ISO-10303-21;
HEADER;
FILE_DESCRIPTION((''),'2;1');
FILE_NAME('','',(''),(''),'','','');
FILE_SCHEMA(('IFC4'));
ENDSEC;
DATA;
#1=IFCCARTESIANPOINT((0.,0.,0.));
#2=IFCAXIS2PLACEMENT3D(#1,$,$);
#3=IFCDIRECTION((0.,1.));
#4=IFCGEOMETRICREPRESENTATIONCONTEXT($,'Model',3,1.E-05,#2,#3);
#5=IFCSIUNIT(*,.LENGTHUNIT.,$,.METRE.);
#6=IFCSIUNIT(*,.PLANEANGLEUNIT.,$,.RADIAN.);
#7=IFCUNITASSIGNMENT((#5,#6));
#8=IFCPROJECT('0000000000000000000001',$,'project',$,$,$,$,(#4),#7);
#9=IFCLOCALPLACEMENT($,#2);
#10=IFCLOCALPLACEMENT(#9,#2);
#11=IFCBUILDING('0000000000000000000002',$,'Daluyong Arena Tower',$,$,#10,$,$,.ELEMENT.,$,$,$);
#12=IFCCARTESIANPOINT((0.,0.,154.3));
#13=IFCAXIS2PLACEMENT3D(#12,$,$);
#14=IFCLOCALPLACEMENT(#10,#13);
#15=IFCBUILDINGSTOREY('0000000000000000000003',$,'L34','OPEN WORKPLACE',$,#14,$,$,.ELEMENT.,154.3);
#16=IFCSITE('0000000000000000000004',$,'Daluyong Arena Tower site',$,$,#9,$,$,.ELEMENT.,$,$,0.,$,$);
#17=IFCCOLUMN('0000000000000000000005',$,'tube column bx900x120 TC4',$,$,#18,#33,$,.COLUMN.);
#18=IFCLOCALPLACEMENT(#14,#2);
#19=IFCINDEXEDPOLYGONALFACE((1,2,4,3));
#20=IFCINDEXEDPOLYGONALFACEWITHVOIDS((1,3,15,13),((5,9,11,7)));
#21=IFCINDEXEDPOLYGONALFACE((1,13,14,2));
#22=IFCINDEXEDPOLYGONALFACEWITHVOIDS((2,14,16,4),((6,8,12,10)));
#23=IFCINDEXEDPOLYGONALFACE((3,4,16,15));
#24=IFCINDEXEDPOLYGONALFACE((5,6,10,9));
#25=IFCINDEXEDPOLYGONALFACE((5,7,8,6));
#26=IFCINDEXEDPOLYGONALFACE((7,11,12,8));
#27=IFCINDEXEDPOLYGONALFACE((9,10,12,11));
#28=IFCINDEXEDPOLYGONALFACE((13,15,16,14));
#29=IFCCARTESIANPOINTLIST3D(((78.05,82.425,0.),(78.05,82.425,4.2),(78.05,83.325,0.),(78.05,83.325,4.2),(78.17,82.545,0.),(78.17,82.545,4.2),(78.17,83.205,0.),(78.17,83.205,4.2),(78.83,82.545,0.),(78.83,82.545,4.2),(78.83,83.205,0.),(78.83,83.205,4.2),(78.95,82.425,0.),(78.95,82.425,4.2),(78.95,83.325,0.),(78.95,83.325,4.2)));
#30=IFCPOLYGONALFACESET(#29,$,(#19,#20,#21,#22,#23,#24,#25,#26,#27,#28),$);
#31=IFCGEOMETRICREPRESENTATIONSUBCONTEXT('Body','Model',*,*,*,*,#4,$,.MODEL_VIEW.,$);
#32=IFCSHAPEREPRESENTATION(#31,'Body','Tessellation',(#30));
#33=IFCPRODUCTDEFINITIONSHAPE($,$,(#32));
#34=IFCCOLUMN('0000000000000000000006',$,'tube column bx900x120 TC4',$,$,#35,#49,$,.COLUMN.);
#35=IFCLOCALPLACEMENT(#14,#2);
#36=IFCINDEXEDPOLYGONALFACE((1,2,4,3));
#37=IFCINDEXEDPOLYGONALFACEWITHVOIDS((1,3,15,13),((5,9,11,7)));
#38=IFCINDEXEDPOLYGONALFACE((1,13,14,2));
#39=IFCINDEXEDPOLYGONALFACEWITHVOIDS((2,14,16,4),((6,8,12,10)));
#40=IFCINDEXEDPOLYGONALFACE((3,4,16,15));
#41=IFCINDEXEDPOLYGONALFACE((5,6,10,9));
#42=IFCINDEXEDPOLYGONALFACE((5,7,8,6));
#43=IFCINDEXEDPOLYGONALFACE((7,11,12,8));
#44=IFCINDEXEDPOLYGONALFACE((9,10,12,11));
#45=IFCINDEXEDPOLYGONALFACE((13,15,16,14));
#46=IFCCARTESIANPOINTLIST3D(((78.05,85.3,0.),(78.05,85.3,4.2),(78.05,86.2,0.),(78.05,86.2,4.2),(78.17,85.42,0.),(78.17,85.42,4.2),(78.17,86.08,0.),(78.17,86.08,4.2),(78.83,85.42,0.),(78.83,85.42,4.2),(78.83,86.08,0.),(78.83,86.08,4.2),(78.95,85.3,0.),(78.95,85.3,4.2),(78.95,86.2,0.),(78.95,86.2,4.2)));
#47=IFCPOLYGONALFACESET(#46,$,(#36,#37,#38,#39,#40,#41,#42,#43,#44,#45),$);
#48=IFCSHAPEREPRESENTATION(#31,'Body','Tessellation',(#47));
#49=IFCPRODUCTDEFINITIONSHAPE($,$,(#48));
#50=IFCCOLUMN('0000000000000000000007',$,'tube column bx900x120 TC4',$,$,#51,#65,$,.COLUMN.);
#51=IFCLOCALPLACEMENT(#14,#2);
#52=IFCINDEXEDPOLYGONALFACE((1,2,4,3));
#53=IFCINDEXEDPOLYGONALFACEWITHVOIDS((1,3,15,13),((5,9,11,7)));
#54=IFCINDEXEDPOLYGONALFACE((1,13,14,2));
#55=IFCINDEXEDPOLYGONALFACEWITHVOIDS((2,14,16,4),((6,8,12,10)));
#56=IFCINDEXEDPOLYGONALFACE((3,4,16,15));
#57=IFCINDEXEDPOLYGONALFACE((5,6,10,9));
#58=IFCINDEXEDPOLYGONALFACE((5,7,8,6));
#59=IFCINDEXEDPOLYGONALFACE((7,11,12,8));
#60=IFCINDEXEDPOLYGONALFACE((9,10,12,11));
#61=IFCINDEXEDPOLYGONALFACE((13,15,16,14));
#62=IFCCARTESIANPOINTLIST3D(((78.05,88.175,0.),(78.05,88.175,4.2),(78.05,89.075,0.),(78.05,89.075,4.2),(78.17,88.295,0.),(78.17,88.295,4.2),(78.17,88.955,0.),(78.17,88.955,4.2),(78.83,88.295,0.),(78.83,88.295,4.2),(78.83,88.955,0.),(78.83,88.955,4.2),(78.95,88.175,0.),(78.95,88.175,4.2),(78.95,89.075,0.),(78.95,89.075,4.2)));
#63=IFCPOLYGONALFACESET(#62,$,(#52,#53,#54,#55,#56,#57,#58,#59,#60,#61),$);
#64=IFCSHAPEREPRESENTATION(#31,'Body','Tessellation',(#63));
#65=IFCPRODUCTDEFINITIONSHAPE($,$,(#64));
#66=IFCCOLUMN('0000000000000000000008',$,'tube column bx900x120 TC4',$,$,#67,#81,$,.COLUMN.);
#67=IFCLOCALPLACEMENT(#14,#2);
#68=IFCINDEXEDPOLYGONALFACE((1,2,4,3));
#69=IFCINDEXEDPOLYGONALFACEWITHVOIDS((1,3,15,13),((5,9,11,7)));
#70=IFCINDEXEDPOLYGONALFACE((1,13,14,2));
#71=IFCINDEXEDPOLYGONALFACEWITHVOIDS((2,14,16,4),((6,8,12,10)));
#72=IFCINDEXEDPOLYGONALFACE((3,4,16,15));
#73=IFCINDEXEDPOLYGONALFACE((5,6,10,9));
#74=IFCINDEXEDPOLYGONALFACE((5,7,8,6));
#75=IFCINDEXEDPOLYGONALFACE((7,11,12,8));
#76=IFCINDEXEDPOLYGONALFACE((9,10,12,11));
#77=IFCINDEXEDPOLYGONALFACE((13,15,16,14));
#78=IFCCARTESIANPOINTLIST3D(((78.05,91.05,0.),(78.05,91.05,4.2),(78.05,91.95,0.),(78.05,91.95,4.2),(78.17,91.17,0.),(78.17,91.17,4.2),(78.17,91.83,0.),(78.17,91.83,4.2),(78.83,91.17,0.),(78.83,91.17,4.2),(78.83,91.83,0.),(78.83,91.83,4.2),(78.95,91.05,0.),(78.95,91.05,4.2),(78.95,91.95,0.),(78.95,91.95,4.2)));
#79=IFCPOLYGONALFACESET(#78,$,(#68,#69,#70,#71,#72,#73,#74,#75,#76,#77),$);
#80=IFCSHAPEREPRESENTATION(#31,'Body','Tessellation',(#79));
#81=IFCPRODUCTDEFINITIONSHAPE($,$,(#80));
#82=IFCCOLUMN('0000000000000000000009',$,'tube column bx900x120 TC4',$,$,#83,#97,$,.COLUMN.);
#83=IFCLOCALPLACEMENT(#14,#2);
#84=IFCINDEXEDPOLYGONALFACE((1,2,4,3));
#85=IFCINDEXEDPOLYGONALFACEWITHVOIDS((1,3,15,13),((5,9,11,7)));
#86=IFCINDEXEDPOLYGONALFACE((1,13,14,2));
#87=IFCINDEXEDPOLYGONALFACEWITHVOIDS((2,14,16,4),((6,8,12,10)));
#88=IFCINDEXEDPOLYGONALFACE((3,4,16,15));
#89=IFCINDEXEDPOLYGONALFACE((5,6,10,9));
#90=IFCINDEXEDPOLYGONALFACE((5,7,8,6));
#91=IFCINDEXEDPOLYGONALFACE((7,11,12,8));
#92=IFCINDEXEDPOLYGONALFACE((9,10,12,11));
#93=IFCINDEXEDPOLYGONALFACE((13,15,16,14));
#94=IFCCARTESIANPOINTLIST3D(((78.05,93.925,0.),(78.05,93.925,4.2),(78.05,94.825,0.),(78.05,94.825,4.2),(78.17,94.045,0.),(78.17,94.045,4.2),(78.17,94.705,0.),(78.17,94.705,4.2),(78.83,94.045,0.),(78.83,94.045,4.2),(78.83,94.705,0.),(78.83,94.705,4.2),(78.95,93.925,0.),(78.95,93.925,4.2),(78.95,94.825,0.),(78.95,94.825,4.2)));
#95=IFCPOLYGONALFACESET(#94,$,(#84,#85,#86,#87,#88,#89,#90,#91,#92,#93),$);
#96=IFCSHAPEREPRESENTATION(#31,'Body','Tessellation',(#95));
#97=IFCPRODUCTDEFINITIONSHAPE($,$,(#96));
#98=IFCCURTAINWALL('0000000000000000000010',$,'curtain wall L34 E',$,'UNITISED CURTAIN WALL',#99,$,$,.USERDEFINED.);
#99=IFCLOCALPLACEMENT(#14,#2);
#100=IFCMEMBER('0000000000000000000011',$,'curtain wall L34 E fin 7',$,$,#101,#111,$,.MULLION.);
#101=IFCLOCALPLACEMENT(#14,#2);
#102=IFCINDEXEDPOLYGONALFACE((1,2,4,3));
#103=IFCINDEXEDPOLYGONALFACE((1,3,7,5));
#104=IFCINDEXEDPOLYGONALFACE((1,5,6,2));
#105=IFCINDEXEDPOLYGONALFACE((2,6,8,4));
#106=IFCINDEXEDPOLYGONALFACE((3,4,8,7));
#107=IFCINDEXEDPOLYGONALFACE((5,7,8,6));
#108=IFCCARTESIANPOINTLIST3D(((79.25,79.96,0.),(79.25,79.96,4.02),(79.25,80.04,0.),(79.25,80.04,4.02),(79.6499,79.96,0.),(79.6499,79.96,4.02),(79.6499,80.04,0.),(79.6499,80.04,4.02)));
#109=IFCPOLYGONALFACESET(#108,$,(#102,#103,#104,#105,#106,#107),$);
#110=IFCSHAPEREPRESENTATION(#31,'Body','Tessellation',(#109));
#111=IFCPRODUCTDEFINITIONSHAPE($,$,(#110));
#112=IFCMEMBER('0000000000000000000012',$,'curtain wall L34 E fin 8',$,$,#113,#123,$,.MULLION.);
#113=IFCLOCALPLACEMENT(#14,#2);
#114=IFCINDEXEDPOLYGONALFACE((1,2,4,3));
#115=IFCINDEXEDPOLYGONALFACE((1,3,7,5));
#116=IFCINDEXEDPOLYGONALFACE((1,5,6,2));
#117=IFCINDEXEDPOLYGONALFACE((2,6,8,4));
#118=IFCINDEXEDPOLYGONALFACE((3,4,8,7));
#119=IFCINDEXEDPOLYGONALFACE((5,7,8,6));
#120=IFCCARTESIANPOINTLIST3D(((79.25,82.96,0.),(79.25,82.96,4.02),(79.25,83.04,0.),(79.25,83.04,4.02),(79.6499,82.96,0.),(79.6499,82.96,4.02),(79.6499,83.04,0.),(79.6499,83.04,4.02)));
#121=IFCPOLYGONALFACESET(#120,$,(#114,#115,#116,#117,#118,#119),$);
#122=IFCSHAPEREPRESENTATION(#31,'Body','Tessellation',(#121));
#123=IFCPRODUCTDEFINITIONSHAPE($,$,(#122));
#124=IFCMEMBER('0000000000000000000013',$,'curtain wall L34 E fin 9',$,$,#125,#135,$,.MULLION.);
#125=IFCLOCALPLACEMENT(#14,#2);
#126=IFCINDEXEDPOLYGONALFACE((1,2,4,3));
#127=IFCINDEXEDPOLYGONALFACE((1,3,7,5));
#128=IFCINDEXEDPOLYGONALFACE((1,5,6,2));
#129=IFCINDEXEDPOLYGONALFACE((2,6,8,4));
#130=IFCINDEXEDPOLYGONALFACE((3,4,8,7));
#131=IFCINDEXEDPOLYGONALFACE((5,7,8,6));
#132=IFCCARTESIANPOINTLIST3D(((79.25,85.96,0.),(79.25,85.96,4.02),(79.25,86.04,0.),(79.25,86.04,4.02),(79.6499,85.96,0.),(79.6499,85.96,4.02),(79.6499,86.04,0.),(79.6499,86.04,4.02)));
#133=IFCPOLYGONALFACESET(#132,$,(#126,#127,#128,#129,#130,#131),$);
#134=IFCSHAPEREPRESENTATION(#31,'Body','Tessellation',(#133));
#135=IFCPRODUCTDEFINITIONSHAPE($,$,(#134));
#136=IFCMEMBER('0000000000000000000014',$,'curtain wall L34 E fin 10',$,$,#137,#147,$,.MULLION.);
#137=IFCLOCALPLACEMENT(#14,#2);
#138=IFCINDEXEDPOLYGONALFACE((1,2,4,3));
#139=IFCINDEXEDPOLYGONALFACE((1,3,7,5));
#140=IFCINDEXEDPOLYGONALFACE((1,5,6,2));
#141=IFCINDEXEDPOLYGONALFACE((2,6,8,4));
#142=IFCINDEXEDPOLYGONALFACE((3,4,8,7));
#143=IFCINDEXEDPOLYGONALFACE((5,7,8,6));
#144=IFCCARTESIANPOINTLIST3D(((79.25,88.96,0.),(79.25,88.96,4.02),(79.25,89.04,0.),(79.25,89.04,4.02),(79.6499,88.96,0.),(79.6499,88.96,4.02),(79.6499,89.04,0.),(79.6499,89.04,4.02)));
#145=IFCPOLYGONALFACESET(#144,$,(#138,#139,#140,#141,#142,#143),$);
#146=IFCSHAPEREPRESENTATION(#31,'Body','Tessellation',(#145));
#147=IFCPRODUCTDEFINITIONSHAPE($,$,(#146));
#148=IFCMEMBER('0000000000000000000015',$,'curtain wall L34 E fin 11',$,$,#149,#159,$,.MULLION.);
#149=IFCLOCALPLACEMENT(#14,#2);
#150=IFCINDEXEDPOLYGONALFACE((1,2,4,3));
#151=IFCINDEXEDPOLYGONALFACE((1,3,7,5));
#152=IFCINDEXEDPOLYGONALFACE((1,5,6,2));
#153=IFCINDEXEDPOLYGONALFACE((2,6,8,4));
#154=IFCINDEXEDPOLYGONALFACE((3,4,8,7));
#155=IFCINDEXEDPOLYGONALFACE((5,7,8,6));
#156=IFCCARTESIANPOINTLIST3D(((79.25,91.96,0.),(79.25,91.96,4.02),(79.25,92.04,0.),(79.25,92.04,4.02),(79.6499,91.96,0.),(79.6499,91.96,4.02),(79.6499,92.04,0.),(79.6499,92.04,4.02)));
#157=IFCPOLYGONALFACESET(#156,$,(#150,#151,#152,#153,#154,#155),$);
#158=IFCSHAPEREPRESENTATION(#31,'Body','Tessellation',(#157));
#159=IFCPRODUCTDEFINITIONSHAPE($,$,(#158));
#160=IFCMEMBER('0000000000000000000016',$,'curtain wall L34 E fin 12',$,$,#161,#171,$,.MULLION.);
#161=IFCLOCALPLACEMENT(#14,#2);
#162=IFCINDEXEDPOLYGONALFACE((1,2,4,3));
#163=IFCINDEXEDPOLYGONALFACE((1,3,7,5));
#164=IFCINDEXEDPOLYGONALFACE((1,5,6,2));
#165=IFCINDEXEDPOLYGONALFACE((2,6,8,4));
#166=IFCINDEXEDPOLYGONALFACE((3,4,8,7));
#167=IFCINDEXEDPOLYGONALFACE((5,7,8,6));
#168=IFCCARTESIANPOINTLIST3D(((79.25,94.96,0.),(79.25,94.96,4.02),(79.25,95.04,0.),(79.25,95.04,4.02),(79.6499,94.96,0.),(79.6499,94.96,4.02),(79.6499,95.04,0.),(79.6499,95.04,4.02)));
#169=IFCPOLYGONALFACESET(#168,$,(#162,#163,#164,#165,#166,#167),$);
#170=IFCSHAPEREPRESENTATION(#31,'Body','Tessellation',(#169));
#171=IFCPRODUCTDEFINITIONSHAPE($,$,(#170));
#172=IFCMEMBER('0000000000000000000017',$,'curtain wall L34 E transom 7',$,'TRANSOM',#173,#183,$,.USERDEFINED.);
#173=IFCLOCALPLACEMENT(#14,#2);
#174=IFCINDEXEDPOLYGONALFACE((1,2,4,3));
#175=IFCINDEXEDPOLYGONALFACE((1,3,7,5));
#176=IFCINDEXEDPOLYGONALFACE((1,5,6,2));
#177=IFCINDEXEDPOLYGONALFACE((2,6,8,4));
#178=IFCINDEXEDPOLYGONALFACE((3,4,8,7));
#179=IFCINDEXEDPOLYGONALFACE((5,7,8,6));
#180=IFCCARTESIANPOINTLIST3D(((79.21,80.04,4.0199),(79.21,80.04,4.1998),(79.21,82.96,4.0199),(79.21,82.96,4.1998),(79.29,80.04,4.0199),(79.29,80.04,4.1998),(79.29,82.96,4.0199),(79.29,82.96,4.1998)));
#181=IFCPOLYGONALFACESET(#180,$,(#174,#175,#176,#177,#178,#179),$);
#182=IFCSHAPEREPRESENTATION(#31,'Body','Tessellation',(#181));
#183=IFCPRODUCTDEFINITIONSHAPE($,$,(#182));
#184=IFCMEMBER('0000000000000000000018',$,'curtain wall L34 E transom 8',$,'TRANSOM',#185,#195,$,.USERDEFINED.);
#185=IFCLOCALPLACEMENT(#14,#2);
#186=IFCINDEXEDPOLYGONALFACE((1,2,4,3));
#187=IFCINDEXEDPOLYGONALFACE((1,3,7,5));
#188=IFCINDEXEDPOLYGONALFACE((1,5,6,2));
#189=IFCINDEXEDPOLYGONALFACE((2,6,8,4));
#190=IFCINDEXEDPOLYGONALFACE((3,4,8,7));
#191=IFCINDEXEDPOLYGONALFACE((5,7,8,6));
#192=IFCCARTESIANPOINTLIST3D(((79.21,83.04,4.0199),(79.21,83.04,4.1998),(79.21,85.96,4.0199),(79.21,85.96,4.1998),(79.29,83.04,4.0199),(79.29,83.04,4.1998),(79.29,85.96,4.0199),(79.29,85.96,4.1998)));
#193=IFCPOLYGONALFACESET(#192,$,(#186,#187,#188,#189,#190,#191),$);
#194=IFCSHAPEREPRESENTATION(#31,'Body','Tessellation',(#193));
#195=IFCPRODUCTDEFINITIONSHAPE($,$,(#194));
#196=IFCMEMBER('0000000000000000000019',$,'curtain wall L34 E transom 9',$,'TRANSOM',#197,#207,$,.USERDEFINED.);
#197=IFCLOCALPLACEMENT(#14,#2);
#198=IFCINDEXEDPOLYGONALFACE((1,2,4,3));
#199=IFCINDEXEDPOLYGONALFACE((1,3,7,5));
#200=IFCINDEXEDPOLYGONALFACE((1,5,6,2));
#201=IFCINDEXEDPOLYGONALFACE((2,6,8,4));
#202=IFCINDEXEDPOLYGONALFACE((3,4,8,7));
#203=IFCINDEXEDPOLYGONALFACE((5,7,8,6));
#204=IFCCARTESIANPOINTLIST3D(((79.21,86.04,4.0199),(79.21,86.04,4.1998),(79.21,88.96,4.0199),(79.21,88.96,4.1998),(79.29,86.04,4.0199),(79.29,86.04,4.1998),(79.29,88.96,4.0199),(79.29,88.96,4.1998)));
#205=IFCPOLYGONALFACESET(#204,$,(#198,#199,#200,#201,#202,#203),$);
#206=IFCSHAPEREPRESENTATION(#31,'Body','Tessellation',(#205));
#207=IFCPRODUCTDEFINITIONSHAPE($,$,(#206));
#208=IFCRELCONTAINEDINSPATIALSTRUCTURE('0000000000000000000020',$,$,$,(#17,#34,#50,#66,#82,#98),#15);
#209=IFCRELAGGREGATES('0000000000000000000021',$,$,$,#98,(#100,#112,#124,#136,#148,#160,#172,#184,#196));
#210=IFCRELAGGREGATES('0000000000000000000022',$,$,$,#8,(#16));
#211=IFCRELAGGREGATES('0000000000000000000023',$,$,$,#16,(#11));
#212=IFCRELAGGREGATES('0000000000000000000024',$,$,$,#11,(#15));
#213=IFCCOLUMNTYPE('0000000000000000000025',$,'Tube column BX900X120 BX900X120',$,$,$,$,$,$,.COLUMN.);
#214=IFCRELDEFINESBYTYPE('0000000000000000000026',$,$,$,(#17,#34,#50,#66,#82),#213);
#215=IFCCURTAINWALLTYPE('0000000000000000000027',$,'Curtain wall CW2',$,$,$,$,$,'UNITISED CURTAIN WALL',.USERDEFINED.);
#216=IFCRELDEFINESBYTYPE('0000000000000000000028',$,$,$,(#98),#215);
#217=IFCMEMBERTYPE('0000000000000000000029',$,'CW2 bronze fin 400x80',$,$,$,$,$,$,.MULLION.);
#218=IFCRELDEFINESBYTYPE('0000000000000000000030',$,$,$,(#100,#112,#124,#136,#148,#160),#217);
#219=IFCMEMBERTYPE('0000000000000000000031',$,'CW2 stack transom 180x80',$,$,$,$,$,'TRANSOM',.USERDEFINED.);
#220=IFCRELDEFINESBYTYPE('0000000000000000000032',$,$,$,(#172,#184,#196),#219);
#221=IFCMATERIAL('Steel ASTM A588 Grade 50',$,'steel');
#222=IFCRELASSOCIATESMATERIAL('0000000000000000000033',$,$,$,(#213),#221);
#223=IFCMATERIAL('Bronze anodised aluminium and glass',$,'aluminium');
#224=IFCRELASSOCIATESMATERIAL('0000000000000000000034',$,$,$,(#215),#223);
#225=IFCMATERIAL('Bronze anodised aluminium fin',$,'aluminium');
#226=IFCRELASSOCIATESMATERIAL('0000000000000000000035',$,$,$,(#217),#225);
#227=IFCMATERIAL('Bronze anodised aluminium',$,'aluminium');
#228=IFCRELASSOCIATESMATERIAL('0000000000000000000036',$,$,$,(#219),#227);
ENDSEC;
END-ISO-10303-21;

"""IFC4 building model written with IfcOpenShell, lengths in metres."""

from ifc_helpers import new_model, si_unit, direction, frame, origin, origin_2d, place, context, subcontext, project, spatial, rectangle, hollow_rectangle, extrude, material, material_profile, profile_set, type_object, element, aggregate, save


model = new_model("IFC4")

# Units and contexts
model_context = context("Model", 3, precision=1e-05, world=origin(), true_north=direction((0.0, 1.0)))
body_context = subcontext(model_context, "Body", "Model", "MODEL_VIEW")
ifc_project = project(units=[si_unit("LENGTHUNIT", "METRE"), si_unit("PLANEANGLEUNIT", "RADIAN")], contexts=[model_context])

# Site, building, storey
site_placement = place(None, origin())
site = spatial("IfcSite", under=ifc_project, at=site_placement, Name="Daluyong Arena Tower site", CompositionType="ELEMENT", RefElevation=0.0)
building_placement = place(site_placement, origin())
building = spatial("IfcBuilding", under=site, at=building_placement, Name="Daluyong Arena Tower", CompositionType="ELEMENT")
storey_placement = place(building_placement, frame((0.0, 0.0, 154.3)))
storey = spatial("IfcBuildingStorey", under=building, at=storey_placement, Name="L34", Description="OPEN WORKPLACE", CompositionType="ELEMENT", Elevation=154.3)

# Columns
ifc_material_1 = material(Name="Steel ASTM A588 Grade 50", Category="steel")
ifc_material_profile_1 = material_profile(ifc_material_1, hollow_rectangle(XDim=0.8999, YDim=0.8999, WallThickness=0.12, at=origin_2d()))
ifc_profile_set_1 = profile_set([ifc_material_profile_1], Name="Steel ASTM A588 Grade 50")
column_type = type_object("IfcColumnType", Name="Tube column BX900X120 BX900X120", PredefinedType="COLUMN", material=ifc_profile_set_1)
for number, where, z_axis, x_axis, name in (
    (1, (78.5, 82.875, 0.0), (0.0, 0.0, 1.0), (0.0, 1.0, 0.0), "tube column bx900x120 TC4"),
    (2, (78.5, 85.75, 0.0), (0.0, 0.0, 1.0), (0.0, 1.0, 0.0), "tube column bx900x120 TC4"),
    (3, (78.5, 88.625, 0.0), (0.0, 0.0, 1.0), (0.0, 1.0, 0.0), "tube column bx900x120 TC4"),
    (4, (78.5, 91.5, 0.0), (0.0, 0.0, 1.0), (0.0, 1.0, 0.0), "tube column bx900x120 TC4"),
    (5, (78.5, 94.375, 0.0), (0.0, 0.0, 1.0), (0.0, 1.0, 0.0), "tube column bx900x120 TC4"),
):
    element("IfcColumn", number, at=place(storey_placement, frame(where, z_axis=z_axis, x_axis=x_axis)), inside=storey, type_object=column_type, Name=name, PredefinedType="COLUMN", context=body_context, shape_type="SweptSolid", body=[
        extrude(hollow_rectangle(XDim=0.8999, YDim=0.8999, WallThickness=0.12, at=origin_2d()), origin(), (0.0, 0.0, 1.0), 4.2),
    ])

# Curtain wall, members
ifc_material_2 = material(Name="Bronze anodised aluminium and glass", Category="aluminium")
curtain_wall_type = type_object("IfcCurtainWallType", Name="Curtain wall CW2", ElementType="UNITISED CURTAIN WALL", PredefinedType="USERDEFINED", material=ifc_material_2)
curtain_wall_placement = place(storey_placement, origin())
curtain_wall = element("IfcCurtainWall", 6, at=curtain_wall_placement, inside=storey, type_object=curtain_wall_type, Name="curtain wall L34 E", ObjectType="UNITISED CURTAIN WALL", PredefinedType="USERDEFINED")
ifc_material_3 = material(Name="Bronze anodised aluminium fin", Category="aluminium")
ifc_material_profile_2 = material_profile(ifc_material_3, rectangle(XDim=0.3999, YDim=0.0801, at=origin_2d()))
ifc_profile_set_2 = profile_set([ifc_material_profile_2], Name="Bronze anodised aluminium fin")
member_type_1 = type_object("IfcMemberType", Name="CW2 bronze fin 400x80", PredefinedType="MULLION", material=ifc_profile_set_2)
member_1_placement = place(storey_placement, frame((79.45, 80.0, 0.0), z_axis=(0.0, 0.0, 1.0), x_axis=(-1.0, 0.0, 0.0)))
member_1 = element("IfcMember", 7, at=member_1_placement, type_object=member_type_1, Name="curtain wall L34 E fin 7", PredefinedType="MULLION", context=body_context, shape_type="SweptSolid", body=[
    extrude(rectangle(XDim=0.3999, YDim=0.0801, at=origin_2d()), origin(), (0.0, 0.0, 1.0), 4.02),
])
member_2_placement = place(storey_placement, frame((79.45, 83.0, 0.0), z_axis=(0.0, 0.0, 1.0), x_axis=(-1.0, 0.0, 0.0)))
member_2 = element("IfcMember", 8, at=member_2_placement, type_object=member_type_1, Name="curtain wall L34 E fin 8", PredefinedType="MULLION", context=body_context, shape_type="SweptSolid", body=[
    extrude(rectangle(XDim=0.3999, YDim=0.0801, at=origin_2d()), origin(), (0.0, 0.0, 1.0), 4.02),
])
member_3_placement = place(storey_placement, frame((79.45, 86.0, 0.0), z_axis=(0.0, 0.0, 1.0), x_axis=(-1.0, 0.0, 0.0)))
member_3 = element("IfcMember", 9, at=member_3_placement, type_object=member_type_1, Name="curtain wall L34 E fin 9", PredefinedType="MULLION", context=body_context, shape_type="SweptSolid", body=[
    extrude(rectangle(XDim=0.3999, YDim=0.0801, at=origin_2d()), origin(), (0.0, 0.0, 1.0), 4.02),
])
member_4_placement = place(storey_placement, frame((79.45, 89.0, 0.0), z_axis=(0.0, 0.0, 1.0), x_axis=(-1.0, 0.0, 0.0)))
member_4 = element("IfcMember", 10, at=member_4_placement, type_object=member_type_1, Name="curtain wall L34 E fin 10", PredefinedType="MULLION", context=body_context, shape_type="SweptSolid", body=[
    extrude(rectangle(XDim=0.3999, YDim=0.0801, at=origin_2d()), origin(), (0.0, 0.0, 1.0), 4.02),
])
member_5_placement = place(storey_placement, frame((79.45, 92.0, 0.0), z_axis=(0.0, 0.0, 1.0), x_axis=(-1.0, 0.0, 0.0)))
member_5 = element("IfcMember", 11, at=member_5_placement, type_object=member_type_1, Name="curtain wall L34 E fin 11", PredefinedType="MULLION", context=body_context, shape_type="SweptSolid", body=[
    extrude(rectangle(XDim=0.3999, YDim=0.0801, at=origin_2d()), origin(), (0.0, 0.0, 1.0), 4.02),
])
member_6_placement = place(storey_placement, frame((79.45, 95.0, 0.0), z_axis=(0.0, 0.0, 1.0), x_axis=(-1.0, 0.0, 0.0)))
member_6 = element("IfcMember", 12, at=member_6_placement, type_object=member_type_1, Name="curtain wall L34 E fin 12", PredefinedType="MULLION", context=body_context, shape_type="SweptSolid", body=[
    extrude(rectangle(XDim=0.3999, YDim=0.0801, at=origin_2d()), origin(), (0.0, 0.0, 1.0), 4.02),
])
ifc_material_4 = material(Name="Bronze anodised aluminium", Category="aluminium")
ifc_material_profile_3 = material_profile(ifc_material_4, rectangle(XDim=0.0801, YDim=0.1799, at=origin_2d()))
ifc_profile_set_3 = profile_set([ifc_material_profile_3], Name="Bronze anodised aluminium")
member_type_2 = type_object("IfcMemberType", Name="CW2 stack transom 180x80", ElementType="TRANSOM", PredefinedType="USERDEFINED", material=ifc_profile_set_3)
member_7_placement = place(storey_placement, frame((79.25, 80.04, 4.1099), z_axis=(0.0, 1.0, 0.0), x_axis=(-1.0, 0.0, 0.0)))
member_7 = element("IfcMember", 13, at=member_7_placement, type_object=member_type_2, Name="curtain wall L34 E transom 7", ObjectType="TRANSOM", PredefinedType="USERDEFINED", context=body_context, shape_type="SweptSolid", body=[
    extrude(rectangle(XDim=0.0801, YDim=0.1799, at=origin_2d()), origin(), (0.0, 0.0, 1.0), 2.9199),
])
member_8_placement = place(storey_placement, frame((79.25, 83.04, 4.1099), z_axis=(0.0, 1.0, 0.0), x_axis=(-1.0, 0.0, 0.0)))
member_8 = element("IfcMember", 14, at=member_8_placement, type_object=member_type_2, Name="curtain wall L34 E transom 8", ObjectType="TRANSOM", PredefinedType="USERDEFINED", context=body_context, shape_type="SweptSolid", body=[
    extrude(rectangle(XDim=0.0801, YDim=0.1799, at=origin_2d()), origin(), (0.0, 0.0, 1.0), 2.9199),
])
member_9_placement = place(storey_placement, frame((79.25, 86.04, 4.1099), z_axis=(0.0, 1.0, 0.0), x_axis=(-1.0, 0.0, 0.0)))
member_9 = element("IfcMember", 15, at=member_9_placement, type_object=member_type_2, Name="curtain wall L34 E transom 9", ObjectType="TRANSOM", PredefinedType="USERDEFINED", context=body_context, shape_type="SweptSolid", body=[
    extrude(rectangle(XDim=0.0801, YDim=0.1799, at=origin_2d()), origin(), (0.0, 0.0, 1.0), 2.9199),
])

aggregate(curtain_wall, [member_1, member_2, member_3, member_4, member_5, member_6, member_7, member_8, member_9])

save(model, "model.ifc")
